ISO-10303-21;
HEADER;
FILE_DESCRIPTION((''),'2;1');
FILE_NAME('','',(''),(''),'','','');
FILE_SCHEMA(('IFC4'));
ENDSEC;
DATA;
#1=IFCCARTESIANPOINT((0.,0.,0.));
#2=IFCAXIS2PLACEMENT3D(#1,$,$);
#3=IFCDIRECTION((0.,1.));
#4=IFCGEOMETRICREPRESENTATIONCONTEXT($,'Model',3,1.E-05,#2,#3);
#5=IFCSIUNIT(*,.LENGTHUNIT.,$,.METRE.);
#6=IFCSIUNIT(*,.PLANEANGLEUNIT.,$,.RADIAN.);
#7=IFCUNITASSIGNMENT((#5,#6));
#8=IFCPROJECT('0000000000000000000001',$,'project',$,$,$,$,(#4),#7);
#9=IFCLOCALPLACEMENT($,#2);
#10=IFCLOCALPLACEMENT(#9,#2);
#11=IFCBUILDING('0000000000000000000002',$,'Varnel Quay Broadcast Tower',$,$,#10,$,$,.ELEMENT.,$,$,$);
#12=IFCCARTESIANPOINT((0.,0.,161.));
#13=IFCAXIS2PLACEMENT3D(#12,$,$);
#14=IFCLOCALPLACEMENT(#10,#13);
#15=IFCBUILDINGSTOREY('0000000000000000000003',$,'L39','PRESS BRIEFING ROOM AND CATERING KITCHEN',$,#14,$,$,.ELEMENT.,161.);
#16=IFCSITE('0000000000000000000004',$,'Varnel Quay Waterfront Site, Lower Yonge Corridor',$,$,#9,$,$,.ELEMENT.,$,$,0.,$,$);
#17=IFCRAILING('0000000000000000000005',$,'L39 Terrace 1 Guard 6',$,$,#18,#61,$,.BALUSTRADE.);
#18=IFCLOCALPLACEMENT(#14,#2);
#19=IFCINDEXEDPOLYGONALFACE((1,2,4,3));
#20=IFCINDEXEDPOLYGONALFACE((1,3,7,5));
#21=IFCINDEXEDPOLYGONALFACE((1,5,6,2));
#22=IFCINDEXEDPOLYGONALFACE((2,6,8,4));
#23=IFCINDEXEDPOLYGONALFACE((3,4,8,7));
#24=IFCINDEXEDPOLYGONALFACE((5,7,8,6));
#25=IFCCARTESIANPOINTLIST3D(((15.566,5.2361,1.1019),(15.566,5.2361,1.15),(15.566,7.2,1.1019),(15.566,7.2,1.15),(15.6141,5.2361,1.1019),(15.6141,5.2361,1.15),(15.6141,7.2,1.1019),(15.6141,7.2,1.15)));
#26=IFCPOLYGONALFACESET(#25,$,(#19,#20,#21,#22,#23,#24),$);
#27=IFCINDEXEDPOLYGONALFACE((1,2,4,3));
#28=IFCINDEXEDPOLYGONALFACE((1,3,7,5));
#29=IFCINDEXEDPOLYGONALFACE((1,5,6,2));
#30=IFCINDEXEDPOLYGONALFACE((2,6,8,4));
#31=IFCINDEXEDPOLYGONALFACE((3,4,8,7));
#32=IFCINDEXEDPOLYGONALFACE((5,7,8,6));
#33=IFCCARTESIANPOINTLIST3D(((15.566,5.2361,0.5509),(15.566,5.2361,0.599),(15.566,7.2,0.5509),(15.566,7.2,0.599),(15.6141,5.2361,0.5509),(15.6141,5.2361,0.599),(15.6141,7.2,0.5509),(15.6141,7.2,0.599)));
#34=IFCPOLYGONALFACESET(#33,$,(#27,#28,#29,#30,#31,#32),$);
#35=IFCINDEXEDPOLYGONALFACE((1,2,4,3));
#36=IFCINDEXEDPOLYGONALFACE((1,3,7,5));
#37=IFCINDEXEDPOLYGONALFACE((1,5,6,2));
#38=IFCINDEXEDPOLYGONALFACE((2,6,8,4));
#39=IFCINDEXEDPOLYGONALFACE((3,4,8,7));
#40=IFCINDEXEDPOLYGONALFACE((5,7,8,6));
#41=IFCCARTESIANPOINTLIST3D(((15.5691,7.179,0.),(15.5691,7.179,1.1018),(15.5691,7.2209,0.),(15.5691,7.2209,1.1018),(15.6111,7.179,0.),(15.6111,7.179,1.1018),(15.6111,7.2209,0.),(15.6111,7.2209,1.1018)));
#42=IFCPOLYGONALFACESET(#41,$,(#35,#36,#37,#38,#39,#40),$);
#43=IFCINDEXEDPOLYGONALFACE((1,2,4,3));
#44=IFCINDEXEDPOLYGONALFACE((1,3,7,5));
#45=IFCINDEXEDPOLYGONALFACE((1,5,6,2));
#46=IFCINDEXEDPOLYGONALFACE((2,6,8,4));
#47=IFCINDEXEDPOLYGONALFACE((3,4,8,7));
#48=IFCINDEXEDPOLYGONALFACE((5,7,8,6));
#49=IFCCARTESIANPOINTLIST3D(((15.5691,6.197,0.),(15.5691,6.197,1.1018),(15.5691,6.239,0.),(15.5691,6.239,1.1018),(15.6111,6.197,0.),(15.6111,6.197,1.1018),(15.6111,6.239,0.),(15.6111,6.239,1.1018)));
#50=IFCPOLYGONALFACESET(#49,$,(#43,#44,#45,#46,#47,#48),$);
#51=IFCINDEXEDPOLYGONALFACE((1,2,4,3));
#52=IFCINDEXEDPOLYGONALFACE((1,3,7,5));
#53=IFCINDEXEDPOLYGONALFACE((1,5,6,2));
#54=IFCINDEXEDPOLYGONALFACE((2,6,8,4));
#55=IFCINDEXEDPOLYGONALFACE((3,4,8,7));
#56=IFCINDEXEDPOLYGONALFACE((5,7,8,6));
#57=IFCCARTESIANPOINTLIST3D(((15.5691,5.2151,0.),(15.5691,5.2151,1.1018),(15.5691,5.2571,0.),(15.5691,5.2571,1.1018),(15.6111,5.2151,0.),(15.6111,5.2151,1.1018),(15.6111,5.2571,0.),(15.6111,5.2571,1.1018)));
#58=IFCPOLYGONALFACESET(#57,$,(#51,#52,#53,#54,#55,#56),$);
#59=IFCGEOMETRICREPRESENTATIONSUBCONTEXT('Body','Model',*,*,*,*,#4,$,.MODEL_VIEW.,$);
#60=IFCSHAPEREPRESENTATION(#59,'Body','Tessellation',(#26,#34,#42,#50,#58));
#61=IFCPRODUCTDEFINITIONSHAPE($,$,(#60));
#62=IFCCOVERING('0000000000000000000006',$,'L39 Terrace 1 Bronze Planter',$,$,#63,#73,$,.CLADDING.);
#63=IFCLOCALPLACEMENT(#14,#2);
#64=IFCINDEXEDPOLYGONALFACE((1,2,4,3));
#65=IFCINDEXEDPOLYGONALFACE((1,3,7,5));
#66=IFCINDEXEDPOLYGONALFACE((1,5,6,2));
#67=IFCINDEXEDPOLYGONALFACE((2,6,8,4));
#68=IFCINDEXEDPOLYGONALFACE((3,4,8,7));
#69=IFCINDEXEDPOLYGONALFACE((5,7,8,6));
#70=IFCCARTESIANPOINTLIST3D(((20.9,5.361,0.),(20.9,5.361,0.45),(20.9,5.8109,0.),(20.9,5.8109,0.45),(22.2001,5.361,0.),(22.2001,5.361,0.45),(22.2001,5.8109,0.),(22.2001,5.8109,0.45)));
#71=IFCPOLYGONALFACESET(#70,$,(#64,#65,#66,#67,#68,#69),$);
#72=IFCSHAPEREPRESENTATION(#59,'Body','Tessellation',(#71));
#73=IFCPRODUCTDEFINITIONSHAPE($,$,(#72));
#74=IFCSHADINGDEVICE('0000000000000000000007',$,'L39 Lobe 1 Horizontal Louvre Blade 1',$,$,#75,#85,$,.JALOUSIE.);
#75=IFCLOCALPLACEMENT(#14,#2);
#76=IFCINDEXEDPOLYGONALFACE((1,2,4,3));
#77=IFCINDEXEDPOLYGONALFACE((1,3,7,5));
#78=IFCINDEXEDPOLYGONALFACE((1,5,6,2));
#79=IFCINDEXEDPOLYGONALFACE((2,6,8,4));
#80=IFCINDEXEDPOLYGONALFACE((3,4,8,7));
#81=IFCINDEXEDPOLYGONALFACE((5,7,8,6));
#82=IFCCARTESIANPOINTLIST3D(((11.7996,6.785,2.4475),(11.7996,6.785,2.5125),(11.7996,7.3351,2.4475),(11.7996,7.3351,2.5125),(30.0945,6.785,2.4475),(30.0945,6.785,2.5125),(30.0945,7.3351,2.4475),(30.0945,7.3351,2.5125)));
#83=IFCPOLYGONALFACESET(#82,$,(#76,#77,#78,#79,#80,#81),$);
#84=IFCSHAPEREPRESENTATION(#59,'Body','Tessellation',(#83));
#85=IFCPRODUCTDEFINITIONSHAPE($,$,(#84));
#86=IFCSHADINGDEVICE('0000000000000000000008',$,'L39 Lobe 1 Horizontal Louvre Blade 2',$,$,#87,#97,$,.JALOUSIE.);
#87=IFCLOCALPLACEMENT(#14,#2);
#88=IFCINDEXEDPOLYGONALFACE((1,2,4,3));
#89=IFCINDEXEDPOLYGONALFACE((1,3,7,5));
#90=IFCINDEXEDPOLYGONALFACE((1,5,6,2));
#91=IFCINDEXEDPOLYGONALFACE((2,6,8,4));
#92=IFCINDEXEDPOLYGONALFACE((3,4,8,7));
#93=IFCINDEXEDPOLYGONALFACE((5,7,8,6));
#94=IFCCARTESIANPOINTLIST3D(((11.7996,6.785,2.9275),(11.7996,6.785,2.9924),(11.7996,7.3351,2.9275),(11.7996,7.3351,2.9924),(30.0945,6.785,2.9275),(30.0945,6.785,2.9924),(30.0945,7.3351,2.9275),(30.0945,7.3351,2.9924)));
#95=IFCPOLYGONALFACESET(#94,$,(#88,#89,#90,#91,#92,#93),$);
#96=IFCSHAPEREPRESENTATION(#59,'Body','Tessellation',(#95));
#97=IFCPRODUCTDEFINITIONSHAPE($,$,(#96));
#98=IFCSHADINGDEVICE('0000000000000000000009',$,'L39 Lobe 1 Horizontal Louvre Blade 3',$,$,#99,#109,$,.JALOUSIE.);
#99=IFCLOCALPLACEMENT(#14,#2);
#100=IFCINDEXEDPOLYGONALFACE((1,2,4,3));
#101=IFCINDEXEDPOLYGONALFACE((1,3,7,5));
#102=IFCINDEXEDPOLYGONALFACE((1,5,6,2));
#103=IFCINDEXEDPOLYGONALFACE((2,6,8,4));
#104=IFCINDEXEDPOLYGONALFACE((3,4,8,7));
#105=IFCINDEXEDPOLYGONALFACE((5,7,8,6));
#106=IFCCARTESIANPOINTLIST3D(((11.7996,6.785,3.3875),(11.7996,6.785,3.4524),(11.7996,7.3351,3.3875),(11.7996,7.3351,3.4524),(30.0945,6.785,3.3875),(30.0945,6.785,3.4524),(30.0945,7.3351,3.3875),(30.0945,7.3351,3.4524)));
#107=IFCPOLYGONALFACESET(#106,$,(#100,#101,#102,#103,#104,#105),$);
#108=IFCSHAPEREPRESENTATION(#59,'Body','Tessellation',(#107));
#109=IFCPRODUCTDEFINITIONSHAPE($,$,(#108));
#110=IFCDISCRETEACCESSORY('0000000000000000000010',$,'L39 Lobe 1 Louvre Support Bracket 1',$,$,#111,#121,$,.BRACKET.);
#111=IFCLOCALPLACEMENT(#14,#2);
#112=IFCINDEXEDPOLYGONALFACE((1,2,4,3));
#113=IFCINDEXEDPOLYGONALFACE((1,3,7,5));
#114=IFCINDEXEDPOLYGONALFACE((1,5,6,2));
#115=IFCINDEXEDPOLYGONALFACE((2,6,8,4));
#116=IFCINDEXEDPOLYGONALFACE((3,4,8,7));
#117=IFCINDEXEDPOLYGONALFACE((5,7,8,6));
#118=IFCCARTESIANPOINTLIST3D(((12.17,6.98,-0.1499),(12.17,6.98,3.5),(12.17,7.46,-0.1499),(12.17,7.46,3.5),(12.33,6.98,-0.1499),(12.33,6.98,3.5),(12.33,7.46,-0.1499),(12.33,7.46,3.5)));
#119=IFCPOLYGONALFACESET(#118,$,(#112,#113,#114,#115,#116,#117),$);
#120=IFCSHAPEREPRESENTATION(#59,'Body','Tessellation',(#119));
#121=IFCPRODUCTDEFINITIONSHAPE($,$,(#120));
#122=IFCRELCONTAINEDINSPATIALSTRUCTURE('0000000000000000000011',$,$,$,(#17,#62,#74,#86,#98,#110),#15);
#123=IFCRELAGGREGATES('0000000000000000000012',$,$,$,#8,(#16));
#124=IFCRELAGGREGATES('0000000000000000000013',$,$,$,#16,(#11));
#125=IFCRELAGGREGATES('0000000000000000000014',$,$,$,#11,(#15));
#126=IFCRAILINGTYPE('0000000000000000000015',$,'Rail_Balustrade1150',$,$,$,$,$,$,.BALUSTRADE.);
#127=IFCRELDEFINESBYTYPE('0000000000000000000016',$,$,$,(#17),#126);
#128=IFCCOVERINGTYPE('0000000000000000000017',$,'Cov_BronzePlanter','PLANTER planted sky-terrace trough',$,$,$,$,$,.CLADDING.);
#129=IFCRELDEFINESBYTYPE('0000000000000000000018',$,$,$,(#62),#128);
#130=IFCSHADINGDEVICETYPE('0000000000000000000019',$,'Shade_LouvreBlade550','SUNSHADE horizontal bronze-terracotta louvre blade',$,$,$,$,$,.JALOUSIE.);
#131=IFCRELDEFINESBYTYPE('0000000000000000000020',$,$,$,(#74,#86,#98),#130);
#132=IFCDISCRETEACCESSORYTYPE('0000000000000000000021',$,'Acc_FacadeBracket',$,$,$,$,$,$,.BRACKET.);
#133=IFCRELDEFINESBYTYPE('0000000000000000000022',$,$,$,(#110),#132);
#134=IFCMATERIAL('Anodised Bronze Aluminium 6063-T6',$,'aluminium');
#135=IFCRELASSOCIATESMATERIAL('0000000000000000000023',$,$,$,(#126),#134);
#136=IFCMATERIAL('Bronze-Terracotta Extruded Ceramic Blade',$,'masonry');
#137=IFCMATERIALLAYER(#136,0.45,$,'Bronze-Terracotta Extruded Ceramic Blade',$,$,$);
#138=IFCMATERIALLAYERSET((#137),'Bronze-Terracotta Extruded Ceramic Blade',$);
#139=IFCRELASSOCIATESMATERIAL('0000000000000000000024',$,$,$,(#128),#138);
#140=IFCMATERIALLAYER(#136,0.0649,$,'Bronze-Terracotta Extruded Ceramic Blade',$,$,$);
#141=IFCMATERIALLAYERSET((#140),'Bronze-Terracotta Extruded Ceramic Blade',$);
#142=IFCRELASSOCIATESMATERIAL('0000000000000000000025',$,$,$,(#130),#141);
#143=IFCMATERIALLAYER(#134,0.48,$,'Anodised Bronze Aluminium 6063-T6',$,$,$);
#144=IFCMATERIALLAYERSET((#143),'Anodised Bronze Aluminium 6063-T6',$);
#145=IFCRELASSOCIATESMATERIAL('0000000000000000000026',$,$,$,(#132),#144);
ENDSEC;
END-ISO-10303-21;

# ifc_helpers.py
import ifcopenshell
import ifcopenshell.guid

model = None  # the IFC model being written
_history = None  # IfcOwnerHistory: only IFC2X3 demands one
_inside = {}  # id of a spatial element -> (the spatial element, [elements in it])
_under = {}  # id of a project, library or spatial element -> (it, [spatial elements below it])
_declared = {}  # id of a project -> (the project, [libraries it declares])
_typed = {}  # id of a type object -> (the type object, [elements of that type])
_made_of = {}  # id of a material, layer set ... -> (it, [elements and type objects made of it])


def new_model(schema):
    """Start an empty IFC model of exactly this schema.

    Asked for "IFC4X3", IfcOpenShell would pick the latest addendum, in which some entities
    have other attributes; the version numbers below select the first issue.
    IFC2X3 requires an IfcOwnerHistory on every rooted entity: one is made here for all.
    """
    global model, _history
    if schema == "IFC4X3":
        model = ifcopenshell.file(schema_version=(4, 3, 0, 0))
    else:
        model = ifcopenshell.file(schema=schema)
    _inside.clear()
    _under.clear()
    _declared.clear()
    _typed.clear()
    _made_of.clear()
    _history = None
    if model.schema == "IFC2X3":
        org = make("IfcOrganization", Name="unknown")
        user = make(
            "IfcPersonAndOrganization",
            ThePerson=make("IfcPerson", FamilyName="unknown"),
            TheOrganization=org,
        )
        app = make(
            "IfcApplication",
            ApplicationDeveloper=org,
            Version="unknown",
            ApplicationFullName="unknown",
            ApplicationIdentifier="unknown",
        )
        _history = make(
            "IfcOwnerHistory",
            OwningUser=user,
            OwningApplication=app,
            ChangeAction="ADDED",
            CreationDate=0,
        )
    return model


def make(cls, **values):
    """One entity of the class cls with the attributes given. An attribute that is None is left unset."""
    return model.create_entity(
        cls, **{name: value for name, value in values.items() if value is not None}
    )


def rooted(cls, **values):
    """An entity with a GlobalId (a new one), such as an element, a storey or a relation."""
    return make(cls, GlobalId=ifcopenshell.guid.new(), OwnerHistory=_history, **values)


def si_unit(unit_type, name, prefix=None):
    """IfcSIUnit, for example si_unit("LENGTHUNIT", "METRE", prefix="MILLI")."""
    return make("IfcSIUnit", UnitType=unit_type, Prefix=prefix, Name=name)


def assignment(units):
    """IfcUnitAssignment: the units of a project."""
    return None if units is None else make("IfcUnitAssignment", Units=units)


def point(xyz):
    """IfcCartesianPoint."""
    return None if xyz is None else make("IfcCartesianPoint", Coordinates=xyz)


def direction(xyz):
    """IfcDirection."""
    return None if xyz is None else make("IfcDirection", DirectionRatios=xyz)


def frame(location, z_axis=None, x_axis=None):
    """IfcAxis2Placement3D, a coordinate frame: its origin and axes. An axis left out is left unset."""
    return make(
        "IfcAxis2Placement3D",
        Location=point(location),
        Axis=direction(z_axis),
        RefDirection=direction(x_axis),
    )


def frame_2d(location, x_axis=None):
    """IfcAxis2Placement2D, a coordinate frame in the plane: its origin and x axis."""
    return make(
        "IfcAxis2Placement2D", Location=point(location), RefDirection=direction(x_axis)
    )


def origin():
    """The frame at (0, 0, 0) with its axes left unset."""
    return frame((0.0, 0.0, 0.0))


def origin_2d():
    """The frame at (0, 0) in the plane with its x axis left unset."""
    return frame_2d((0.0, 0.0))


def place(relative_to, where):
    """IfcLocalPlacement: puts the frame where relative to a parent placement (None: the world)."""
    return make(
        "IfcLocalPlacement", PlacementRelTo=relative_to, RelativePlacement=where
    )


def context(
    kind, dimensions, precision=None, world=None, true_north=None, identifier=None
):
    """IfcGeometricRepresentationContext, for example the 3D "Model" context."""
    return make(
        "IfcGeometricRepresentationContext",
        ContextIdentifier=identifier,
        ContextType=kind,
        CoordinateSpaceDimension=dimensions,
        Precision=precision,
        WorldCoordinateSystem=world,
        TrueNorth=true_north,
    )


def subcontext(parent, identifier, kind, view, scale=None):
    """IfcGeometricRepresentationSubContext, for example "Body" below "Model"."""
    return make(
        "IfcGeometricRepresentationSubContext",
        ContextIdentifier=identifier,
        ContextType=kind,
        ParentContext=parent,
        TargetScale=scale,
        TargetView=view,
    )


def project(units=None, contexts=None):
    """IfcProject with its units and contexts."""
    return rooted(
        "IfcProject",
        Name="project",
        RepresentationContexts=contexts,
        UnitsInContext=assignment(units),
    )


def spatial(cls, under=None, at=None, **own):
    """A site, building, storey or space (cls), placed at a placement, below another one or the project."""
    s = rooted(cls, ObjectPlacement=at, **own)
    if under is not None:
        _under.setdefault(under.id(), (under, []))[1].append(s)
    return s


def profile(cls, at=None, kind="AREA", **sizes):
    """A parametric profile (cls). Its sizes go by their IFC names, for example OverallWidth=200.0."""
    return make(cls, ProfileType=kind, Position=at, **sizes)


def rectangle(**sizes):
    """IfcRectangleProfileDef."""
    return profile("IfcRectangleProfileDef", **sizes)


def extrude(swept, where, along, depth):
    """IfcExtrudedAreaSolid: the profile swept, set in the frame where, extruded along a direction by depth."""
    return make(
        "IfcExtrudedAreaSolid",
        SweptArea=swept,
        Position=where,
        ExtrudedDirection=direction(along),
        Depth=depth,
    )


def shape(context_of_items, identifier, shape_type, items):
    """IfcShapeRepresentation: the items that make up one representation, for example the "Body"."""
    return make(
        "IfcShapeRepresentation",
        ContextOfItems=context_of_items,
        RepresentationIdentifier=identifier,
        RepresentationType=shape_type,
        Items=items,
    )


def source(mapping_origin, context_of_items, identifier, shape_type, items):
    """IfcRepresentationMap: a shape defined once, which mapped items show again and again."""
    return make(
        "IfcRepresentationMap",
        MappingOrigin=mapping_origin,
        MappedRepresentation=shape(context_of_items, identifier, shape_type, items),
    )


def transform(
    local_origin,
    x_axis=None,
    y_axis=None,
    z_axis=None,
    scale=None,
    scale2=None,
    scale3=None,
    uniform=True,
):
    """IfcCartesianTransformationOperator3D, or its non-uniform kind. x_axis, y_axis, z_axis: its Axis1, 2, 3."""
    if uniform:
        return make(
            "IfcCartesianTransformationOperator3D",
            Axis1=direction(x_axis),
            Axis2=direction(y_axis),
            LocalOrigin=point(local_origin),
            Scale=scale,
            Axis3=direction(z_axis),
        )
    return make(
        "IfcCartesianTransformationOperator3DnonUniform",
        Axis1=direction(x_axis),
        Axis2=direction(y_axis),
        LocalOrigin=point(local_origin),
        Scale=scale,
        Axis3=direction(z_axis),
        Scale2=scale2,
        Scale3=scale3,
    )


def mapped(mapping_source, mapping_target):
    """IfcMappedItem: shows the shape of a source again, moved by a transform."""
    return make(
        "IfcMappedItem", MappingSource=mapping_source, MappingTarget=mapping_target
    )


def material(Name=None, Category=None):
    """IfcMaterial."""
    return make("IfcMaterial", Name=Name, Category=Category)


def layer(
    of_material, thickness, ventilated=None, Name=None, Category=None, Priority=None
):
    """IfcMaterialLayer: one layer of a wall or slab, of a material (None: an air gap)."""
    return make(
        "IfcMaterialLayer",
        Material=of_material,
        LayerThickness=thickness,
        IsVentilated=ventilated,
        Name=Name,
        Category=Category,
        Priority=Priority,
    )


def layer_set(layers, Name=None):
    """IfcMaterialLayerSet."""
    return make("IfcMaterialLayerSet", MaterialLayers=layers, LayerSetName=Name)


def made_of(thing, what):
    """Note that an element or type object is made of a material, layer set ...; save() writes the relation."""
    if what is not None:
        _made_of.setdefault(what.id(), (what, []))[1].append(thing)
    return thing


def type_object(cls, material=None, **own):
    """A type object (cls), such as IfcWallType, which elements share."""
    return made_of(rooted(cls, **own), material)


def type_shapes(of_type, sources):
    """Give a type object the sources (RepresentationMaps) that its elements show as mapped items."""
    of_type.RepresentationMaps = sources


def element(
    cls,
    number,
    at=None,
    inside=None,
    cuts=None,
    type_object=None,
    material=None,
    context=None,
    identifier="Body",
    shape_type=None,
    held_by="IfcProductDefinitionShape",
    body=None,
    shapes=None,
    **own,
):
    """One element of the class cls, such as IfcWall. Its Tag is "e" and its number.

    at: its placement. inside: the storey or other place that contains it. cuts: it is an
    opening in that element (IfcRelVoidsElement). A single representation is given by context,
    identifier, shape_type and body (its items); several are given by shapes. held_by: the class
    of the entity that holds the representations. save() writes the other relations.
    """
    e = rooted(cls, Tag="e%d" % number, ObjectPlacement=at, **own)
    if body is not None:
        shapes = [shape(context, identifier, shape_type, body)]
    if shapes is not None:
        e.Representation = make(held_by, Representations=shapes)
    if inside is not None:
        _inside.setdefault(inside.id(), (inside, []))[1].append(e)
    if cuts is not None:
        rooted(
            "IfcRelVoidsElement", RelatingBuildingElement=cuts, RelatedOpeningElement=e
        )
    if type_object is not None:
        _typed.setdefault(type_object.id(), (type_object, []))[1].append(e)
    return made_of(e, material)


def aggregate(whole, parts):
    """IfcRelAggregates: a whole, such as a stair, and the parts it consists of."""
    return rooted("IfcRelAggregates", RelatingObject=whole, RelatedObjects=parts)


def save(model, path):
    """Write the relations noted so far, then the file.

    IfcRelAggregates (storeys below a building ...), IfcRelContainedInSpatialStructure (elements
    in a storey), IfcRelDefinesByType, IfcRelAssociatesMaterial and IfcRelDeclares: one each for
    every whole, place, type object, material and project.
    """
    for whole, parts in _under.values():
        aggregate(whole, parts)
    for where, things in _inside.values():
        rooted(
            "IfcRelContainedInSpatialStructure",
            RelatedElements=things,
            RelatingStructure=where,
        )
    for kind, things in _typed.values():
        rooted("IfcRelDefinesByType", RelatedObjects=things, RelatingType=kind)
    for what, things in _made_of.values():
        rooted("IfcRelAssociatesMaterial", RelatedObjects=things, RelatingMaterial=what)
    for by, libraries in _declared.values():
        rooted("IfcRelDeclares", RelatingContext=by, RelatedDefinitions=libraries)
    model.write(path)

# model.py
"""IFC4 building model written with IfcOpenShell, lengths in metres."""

from ifc_helpers import new_model, si_unit, direction, frame, origin, origin_2d, place, context, subcontext, project, spatial, rectangle, extrude, source, transform, mapped, material, layer, layer_set, type_object, type_shapes, element, save


model = new_model("IFC4")

# Units and contexts
model_context = context("Model", 3, precision=1e-05, world=origin(), true_north=direction((0.0, 1.0)))
body_context = subcontext(model_context, "Body", "Model", "MODEL_VIEW")
ifc_project = project(units=[si_unit("LENGTHUNIT", "METRE"), si_unit("PLANEANGLEUNIT", "RADIAN")], contexts=[model_context])

# Site, building, storey
site_placement = place(None, origin())
site = spatial("IfcSite", under=ifc_project, at=site_placement, Name="Varnel Quay Waterfront Site, Lower Yonge Corridor", CompositionType="ELEMENT", RefElevation=0.0)
building_placement = place(site_placement, origin())
building = spatial("IfcBuilding", under=site, at=building_placement, Name="Varnel Quay Broadcast Tower", CompositionType="ELEMENT")
storey_placement = place(building_placement, frame((0.0, 0.0, 161.0)))
storey = spatial("IfcBuildingStorey", under=building, at=storey_placement, Name="L39", Description="PRESS BRIEFING ROOM AND CATERING KITCHEN", CompositionType="ELEMENT", Elevation=161.0)

# Shared definitions
ifc_material_1 = material(Name="Anodised Bronze Aluminium 6063-T6", Category="aluminium")

# Railing
railing_type = type_object("IfcRailingType", Name="Rail_Balustrade1150", PredefinedType="BALUSTRADE", material=ifc_material_1)
railing_1_placement = place(storey_placement, frame((15.5901, 7.2, 0.0)))
element("IfcRailing", 1, at=railing_1_placement, inside=storey, type_object=railing_type, Name="L39 Terrace 1 Guard 6", PredefinedType="BALUSTRADE", context=body_context, shape_type="SweptSolid", body=[
    extrude(rectangle(XDim=0.0481, YDim=0.0481, at=origin_2d()), frame((0.0, 0.0, 1.126), z_axis=(0.0, -1.0, 0.0), x_axis=(1.0, 0.0, 0.0)), (0.0, 0.0, 1.0), 1.9639),
    extrude(rectangle(XDim=0.0481, YDim=0.0481, at=origin_2d()), frame((0.0, 0.0, 0.575), z_axis=(0.0, -1.0, 0.0), x_axis=(1.0, 0.0, 0.0)), (0.0, 0.0, 1.0), 1.9639),
    extrude(rectangle(XDim=0.042, YDim=0.042, at=origin_2d()), origin(), (0.0, 0.0, 1.0), 1.1018),
    extrude(rectangle(XDim=0.042, YDim=0.042, at=origin_2d()), frame((0.0, -0.9819, 0.0)), (0.0, 0.0, 1.0), 1.1018),
    extrude(rectangle(XDim=0.042, YDim=0.042, at=origin_2d()), frame((0.0, -1.9639, 0.0)), (0.0, 0.0, 1.0), 1.1018),
])

# Covering
ifc_material_2 = material(Name="Bronze-Terracotta Extruded Ceramic Blade", Category="masonry")
ifc_layer_1 = layer(ifc_material_2, 0.45, Name="Bronze-Terracotta Extruded Ceramic Blade")
ifc_layer_set_1 = layer_set([ifc_layer_1], Name="Bronze-Terracotta Extruded Ceramic Blade")
covering_type = type_object("IfcCoveringType", Name="Cov_BronzePlanter", Description="PLANTER planted sky-terrace trough", PredefinedType="CLADDING", material=ifc_layer_set_1)
shared_shape_1 = source(origin(), body_context, "Body", "SweptSolid", [
    extrude(rectangle(XDim=1.3, YDim=0.45, at=origin_2d()), origin(), (0.0, 0.0, 1.0), 0.45),
])
type_shapes(covering_type, [shared_shape_1])
covering_placement = place(storey_placement, frame((21.55, 5.5859, 0.0), z_axis=(0.0, 0.0, 1.0), x_axis=(1.0, 0.0, 0.0)))
element("IfcCovering", 2, at=covering_placement, inside=storey, type_object=covering_type, Name="L39 Terrace 1 Bronze Planter", PredefinedType="CLADDING", context=body_context, shape_type="MappedRepresentation", body=[
    mapped(shared_shape_1, transform((0.0, 0.0, 0.0), x_axis=(1.0, 0.0, 0.0), y_axis=(0.0, 1.0, 0.0), z_axis=(0.0, 0.0, 1.0), scale=1.0)),
])

# Shading devices
ifc_layer_2 = layer(ifc_material_2, 0.0649, Name="Bronze-Terracotta Extruded Ceramic Blade")
ifc_layer_set_2 = layer_set([ifc_layer_2], Name="Bronze-Terracotta Extruded Ceramic Blade")
shading_device_type = type_object("IfcShadingDeviceType", Name="Shade_LouvreBlade550", Description="SUNSHADE horizontal bronze-terracotta louvre blade", PredefinedType="JALOUSIE", material=ifc_layer_set_2)
shared_shape_2 = source(origin(), body_context, "Body", "SweptSolid", [
    extrude(rectangle(XDim=18.2949, YDim=0.55, at=origin_2d()), origin(), (0.0, 0.0, 1.0), 0.0649),
])
type_shapes(shading_device_type, [shared_shape_2])
for number, where, z_axis, x_axis, name in (
    (3, (20.947, 7.0601, 2.4475), (0.0, 0.0, 1.0), (1.0, 0.0, 0.0), "L39 Lobe 1 Horizontal Louvre Blade 1"),
    (4, (20.947, 7.0601, 2.9275), (0.0, 0.0, 1.0), (1.0, 0.0, 0.0), "L39 Lobe 1 Horizontal Louvre Blade 2"),
    (5, (20.947, 7.0601, 3.3875), (0.0, 0.0, 1.0), (1.0, 0.0, 0.0), "L39 Lobe 1 Horizontal Louvre Blade 3"),
):
    element("IfcShadingDevice", number, at=place(storey_placement, frame(where, z_axis=z_axis, x_axis=x_axis)), inside=storey, type_object=shading_device_type, Name=name, PredefinedType="JALOUSIE", context=body_context, shape_type="MappedRepresentation", body=[
        mapped(shared_shape_2, transform((0.0, 0.0, 0.0), x_axis=(1.0, 0.0, 0.0), y_axis=(0.0, 1.0, 0.0), z_axis=(0.0, 0.0, 1.0), scale=1.0)),
    ])

# Discrete accessory
ifc_layer_3 = layer(ifc_material_1, 0.48, Name="Anodised Bronze Aluminium 6063-T6")
ifc_layer_set_3 = layer_set([ifc_layer_3], Name="Anodised Bronze Aluminium 6063-T6")
discrete_accessory_type = type_object("IfcDiscreteAccessoryType", Name="Acc_FacadeBracket", PredefinedType="BRACKET", material=ifc_layer_set_3)
shared_shape_3 = source(origin(), body_context, "Body", "SweptSolid", [
    extrude(rectangle(XDim=0.1599, YDim=0.48, at=origin_2d()), origin(), (0.0, 0.0, 1.0), 3.6499),
])
type_shapes(discrete_accessory_type, [shared_shape_3])
discrete_accessory_placement = place(storey_placement, frame((12.25, 7.22, -0.1499), z_axis=(0.0, 0.0, 1.0), x_axis=(1.0, 0.0, 0.0)))
element("IfcDiscreteAccessory", 6, at=discrete_accessory_placement, inside=storey, type_object=discrete_accessory_type, Name="L39 Lobe 1 Louvre Support Bracket 1", PredefinedType="BRACKET", context=body_context, shape_type="MappedRepresentation", body=[
    mapped(shared_shape_3, transform((0.0, 0.0, 0.0), x_axis=(1.0, 0.0, 0.0), y_axis=(0.0, 1.0, 0.0), z_axis=(0.0, 0.0, 1.0), scale=1.0)),
])

save(model, "model.ifc")
